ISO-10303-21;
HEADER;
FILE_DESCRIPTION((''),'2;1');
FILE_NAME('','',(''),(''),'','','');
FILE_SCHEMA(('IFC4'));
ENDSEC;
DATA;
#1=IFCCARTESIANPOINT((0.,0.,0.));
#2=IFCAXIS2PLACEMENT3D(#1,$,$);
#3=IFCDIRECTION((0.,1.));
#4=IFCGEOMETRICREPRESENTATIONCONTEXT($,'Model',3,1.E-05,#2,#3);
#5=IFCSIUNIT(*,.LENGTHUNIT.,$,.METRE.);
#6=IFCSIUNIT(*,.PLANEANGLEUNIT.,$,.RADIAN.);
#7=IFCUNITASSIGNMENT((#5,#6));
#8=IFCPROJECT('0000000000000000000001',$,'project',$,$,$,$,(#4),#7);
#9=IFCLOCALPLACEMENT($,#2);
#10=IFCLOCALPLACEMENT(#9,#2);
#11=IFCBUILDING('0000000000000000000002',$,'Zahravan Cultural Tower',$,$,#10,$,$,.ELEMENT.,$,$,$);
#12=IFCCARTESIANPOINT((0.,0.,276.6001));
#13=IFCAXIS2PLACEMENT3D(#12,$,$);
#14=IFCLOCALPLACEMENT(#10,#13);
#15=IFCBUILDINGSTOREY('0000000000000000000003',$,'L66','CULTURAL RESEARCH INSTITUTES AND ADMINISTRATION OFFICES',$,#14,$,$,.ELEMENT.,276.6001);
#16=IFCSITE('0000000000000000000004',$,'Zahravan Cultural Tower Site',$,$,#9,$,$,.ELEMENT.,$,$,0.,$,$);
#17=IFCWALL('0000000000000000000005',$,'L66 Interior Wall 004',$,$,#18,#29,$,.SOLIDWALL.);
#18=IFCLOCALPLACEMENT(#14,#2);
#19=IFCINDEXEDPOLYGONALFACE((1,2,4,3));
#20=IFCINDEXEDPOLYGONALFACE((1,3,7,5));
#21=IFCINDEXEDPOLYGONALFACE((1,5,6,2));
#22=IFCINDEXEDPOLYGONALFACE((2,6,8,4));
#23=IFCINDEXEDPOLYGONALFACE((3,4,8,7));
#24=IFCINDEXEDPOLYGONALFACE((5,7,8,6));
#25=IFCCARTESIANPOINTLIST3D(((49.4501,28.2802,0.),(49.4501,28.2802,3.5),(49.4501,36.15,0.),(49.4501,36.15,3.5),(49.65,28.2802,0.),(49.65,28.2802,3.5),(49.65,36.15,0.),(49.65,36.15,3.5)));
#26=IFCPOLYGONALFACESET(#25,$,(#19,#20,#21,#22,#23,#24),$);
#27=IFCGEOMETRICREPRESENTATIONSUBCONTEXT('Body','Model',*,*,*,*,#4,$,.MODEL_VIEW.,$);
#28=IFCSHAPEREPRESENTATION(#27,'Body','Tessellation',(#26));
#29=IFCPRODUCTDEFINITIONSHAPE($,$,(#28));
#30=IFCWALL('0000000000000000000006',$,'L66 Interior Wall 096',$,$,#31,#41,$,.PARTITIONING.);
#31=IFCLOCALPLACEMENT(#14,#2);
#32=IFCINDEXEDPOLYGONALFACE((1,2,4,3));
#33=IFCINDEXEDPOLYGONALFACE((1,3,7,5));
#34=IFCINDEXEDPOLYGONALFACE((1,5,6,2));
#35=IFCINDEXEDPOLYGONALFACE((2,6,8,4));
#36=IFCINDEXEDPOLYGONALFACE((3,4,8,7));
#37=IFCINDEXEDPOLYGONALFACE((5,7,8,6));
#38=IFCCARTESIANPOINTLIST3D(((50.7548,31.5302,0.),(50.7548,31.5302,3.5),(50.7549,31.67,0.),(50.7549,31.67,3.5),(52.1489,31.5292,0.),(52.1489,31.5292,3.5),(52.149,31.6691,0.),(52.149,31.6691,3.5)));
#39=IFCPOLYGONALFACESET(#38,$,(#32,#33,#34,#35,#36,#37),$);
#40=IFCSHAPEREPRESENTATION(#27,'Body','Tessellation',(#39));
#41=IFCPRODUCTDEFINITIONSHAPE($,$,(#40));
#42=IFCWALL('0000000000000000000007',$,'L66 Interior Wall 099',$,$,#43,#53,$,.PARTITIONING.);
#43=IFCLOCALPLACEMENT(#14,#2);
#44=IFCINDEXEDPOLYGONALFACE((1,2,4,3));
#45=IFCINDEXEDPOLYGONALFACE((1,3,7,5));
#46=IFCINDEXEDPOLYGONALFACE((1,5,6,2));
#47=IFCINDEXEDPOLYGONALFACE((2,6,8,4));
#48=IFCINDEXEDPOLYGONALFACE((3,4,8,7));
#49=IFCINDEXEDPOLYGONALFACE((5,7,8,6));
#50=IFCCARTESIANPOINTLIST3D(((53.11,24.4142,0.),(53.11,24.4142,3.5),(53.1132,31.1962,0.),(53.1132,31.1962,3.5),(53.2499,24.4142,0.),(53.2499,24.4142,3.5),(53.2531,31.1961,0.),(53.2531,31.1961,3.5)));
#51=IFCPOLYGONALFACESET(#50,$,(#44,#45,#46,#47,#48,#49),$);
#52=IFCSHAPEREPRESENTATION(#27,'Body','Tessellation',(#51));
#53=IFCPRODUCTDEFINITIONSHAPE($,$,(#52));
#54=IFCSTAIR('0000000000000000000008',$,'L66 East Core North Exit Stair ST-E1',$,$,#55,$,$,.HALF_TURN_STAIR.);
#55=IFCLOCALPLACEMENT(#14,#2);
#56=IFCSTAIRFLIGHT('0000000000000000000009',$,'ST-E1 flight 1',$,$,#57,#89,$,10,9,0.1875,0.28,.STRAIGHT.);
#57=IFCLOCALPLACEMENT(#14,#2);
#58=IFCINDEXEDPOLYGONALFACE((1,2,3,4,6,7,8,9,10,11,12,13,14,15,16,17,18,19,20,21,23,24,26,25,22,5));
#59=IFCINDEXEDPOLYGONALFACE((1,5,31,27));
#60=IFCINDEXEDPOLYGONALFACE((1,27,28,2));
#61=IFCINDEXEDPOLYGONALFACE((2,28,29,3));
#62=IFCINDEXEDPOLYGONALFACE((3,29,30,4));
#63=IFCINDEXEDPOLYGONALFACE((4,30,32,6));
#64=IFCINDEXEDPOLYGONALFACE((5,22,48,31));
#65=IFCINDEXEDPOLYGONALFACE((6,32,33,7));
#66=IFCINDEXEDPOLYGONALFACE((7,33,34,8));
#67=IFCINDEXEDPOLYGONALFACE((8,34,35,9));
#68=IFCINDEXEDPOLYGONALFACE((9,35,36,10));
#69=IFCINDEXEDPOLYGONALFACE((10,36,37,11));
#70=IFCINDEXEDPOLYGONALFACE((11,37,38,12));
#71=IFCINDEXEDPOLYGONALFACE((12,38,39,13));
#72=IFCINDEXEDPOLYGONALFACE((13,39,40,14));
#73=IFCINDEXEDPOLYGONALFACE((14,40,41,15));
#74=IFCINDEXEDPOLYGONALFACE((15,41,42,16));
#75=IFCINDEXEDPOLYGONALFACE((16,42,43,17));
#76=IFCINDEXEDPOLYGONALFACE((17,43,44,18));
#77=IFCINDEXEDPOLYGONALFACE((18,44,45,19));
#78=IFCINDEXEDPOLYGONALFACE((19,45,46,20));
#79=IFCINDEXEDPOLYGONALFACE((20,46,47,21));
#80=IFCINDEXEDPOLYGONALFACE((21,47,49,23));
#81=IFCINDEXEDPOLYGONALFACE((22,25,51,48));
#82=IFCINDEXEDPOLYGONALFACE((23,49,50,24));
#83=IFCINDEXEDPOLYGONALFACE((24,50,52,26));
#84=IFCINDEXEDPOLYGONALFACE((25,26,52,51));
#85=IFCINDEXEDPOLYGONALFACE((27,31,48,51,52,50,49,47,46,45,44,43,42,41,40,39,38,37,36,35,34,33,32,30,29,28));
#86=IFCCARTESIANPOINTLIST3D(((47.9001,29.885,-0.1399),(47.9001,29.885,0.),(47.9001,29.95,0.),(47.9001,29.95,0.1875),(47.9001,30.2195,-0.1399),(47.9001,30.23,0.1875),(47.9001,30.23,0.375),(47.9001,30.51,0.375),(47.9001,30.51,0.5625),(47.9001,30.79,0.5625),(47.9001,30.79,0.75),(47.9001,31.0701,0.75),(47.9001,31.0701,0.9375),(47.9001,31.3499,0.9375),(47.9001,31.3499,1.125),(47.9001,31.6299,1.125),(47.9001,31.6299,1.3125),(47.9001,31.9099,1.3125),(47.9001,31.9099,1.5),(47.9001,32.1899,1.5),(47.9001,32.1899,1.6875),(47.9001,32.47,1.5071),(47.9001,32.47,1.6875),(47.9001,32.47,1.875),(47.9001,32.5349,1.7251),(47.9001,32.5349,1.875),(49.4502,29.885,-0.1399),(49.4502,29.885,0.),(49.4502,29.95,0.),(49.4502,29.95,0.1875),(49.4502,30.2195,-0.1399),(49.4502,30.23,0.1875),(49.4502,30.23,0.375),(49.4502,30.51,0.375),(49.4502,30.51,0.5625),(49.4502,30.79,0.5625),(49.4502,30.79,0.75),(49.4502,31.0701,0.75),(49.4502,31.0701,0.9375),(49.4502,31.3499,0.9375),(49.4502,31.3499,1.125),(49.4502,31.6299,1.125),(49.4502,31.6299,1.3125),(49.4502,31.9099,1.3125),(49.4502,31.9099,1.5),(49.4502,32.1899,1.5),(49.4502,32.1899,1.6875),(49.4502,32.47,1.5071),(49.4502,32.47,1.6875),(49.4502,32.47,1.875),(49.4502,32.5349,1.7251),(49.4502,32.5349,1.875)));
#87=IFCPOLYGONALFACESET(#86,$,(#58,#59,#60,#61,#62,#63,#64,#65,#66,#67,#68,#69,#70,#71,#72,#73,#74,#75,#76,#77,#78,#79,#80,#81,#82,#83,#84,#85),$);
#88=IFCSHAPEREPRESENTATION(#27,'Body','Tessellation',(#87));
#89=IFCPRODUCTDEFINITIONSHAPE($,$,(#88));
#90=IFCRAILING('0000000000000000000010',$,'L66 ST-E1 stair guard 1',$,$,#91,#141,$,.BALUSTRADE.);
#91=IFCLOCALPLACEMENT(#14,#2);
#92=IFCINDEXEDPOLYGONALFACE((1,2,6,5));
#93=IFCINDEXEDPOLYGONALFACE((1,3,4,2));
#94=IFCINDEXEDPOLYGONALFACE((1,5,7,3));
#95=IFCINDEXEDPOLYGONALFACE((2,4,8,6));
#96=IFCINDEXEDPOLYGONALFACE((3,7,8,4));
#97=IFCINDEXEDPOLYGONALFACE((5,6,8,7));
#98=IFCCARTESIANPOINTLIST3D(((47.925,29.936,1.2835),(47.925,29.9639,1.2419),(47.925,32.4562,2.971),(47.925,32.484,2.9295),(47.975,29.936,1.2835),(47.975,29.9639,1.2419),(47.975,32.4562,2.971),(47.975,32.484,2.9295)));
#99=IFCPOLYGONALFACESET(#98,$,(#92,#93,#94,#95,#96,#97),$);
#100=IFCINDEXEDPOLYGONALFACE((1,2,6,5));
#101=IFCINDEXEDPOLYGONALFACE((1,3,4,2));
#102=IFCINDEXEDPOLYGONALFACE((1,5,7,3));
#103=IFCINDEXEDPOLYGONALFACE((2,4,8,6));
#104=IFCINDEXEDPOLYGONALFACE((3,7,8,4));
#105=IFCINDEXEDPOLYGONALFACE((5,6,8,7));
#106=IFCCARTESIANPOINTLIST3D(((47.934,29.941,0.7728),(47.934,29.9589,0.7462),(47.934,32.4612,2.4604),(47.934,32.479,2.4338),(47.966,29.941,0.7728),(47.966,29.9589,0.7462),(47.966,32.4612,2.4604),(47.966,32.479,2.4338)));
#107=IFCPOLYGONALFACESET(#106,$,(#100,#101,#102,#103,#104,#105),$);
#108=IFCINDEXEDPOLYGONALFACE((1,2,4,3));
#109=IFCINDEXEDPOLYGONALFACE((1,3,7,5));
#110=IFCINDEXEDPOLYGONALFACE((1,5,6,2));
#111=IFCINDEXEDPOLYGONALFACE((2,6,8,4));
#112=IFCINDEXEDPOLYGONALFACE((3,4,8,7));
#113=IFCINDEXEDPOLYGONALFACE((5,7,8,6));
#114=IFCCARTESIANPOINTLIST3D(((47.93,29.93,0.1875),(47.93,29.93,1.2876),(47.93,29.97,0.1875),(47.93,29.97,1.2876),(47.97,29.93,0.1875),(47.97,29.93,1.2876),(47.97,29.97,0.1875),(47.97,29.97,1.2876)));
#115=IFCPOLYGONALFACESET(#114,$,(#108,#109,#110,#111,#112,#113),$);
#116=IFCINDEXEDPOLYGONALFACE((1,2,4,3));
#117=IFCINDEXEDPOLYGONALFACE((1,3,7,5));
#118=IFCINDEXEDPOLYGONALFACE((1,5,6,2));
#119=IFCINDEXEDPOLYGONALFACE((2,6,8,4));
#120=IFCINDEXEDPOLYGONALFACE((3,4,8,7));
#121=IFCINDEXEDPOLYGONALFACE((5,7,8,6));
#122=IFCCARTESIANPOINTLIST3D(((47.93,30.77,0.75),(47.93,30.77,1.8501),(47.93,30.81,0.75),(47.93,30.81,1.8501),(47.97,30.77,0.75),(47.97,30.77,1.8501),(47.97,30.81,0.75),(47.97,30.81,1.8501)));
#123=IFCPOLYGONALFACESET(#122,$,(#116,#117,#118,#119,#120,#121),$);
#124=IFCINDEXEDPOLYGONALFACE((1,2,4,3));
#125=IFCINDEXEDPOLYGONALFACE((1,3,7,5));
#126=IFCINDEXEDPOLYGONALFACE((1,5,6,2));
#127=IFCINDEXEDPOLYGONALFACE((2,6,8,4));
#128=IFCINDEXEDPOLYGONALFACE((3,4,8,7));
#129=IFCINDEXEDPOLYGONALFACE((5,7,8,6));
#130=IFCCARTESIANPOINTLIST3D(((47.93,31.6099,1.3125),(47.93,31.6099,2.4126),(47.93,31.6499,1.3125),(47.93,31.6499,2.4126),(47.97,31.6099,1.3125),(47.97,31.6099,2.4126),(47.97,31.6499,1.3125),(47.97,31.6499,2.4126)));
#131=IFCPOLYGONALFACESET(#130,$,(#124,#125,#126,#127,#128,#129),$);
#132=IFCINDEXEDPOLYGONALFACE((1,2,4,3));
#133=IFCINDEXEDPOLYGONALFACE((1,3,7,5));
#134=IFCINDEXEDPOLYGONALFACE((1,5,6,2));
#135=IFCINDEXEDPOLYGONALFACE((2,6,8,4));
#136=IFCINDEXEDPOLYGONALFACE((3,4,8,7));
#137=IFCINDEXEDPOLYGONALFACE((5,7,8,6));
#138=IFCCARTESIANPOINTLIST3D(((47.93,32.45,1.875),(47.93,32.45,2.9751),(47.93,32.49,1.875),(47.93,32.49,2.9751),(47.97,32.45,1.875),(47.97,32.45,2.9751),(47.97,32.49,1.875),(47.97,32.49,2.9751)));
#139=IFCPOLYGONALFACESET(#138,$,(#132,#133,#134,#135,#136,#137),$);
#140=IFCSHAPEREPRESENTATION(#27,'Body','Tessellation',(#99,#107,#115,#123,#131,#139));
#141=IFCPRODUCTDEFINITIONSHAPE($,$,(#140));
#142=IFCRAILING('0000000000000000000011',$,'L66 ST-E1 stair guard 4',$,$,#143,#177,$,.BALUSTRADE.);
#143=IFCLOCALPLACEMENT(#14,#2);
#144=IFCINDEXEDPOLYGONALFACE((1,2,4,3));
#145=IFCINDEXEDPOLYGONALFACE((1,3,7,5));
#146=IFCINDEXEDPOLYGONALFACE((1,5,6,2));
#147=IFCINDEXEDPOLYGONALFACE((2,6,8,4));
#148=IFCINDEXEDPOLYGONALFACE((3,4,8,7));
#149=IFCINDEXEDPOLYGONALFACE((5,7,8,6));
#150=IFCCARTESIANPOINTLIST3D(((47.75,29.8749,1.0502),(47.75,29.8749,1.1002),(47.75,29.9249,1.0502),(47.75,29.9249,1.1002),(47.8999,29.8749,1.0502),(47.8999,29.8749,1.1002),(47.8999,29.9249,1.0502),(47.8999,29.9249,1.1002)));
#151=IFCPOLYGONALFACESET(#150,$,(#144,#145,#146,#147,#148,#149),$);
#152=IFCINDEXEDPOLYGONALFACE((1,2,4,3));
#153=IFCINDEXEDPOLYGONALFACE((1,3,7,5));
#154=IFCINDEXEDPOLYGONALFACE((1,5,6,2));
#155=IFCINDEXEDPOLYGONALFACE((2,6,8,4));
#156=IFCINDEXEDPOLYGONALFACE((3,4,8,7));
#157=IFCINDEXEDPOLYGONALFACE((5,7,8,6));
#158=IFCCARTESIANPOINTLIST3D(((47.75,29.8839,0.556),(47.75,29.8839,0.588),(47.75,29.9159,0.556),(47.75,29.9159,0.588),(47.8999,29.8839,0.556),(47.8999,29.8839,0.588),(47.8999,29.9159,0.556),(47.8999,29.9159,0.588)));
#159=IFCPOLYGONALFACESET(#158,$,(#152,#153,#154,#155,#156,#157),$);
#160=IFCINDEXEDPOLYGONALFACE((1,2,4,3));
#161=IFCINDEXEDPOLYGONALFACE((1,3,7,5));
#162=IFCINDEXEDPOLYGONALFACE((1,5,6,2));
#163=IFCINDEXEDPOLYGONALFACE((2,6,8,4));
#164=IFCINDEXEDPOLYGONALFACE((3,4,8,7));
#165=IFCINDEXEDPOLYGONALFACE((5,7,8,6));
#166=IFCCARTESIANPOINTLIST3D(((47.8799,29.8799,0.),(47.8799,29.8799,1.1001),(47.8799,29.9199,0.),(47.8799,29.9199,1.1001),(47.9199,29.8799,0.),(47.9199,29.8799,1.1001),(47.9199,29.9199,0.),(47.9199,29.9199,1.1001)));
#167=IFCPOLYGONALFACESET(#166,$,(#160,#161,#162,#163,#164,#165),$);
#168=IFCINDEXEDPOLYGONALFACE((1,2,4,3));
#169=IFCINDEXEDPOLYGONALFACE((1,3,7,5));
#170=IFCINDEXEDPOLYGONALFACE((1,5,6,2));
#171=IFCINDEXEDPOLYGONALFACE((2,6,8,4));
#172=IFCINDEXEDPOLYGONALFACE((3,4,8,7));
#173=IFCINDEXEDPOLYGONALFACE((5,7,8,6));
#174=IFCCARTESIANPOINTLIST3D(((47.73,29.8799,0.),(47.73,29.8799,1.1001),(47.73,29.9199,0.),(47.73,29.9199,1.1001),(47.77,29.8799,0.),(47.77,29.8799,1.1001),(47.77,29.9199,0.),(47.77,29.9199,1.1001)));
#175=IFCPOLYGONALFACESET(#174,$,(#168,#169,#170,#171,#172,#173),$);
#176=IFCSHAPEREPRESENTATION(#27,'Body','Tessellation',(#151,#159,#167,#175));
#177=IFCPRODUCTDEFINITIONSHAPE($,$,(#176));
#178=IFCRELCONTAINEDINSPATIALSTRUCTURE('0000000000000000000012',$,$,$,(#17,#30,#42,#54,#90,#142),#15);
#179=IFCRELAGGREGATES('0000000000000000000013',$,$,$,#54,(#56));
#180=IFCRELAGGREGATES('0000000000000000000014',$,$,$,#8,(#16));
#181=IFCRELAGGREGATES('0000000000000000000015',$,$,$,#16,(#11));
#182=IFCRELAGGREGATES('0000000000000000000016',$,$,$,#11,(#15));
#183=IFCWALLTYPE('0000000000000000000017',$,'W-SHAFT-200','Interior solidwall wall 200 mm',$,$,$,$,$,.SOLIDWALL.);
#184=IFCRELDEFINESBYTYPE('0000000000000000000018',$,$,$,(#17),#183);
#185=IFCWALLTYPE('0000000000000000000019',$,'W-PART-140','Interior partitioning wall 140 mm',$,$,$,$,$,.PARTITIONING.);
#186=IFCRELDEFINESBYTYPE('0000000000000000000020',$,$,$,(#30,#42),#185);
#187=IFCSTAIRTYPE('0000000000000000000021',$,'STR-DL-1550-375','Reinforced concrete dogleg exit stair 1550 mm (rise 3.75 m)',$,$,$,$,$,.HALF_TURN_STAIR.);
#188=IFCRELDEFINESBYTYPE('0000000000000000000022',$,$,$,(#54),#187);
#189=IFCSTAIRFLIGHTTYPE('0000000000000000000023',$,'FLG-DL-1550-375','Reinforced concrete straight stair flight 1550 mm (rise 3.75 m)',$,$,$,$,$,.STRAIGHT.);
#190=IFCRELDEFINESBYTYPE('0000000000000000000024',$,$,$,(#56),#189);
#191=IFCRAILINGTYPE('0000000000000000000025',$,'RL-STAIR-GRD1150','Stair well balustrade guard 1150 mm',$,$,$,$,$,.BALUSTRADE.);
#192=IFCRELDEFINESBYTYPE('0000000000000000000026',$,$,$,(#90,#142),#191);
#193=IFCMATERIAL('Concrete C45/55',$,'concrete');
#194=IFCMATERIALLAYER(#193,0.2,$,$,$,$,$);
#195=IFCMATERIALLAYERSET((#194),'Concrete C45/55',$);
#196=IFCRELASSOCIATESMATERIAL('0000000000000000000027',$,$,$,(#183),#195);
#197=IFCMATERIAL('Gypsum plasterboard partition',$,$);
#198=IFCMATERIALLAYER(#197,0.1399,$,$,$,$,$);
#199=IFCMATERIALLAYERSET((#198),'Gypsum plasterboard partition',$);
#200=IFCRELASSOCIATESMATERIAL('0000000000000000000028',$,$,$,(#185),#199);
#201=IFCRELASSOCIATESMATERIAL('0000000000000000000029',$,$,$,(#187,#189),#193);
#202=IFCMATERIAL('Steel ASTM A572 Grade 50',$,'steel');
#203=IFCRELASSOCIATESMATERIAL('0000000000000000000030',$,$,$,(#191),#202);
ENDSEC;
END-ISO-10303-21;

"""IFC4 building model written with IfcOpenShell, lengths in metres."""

from ifc_helpers import new_model, si_unit, direction, frame, frame_2d, origin, origin_2d, place, context, subcontext, project, spatial, polyline, rectangle, outline, extrude, source, transform, mapped, material, layer, layer_set, type_object, element, aggregate, save


model = new_model("IFC4")

# Units and contexts
model_context = context("Model", 3, precision=1e-05, world=origin(), true_north=direction((0.0, 1.0)))
body_context = subcontext(model_context, "Body", "Model", "MODEL_VIEW")
ifc_project = project(units=[si_unit("LENGTHUNIT", "METRE"), si_unit("PLANEANGLEUNIT", "RADIAN")], contexts=[model_context])

# Site, building, storey
site_placement = place(None, origin())
site = spatial("IfcSite", under=ifc_project, at=site_placement, Name="Zahravan Cultural Tower Site", CompositionType="ELEMENT", RefElevation=0.0)
building_placement = place(site_placement, origin())
building = spatial("IfcBuilding", under=site, at=building_placement, Name="Zahravan Cultural Tower", CompositionType="ELEMENT")
storey_placement = place(building_placement, frame((0.0, 0.0, 276.6001)))
storey = spatial("IfcBuildingStorey", under=building, at=storey_placement, Name="L66", Description="CULTURAL RESEARCH INSTITUTES AND ADMINISTRATION OFFICES", CompositionType="ELEMENT", Elevation=276.6001)

# Walls
ifc_material_1 = material(Name="Concrete C45/55", Category="concrete")
ifc_layer_1 = layer(ifc_material_1, 0.2)
ifc_layer_set_1 = layer_set([ifc_layer_1], Name="Concrete C45/55")
wall_type_1 = type_object("IfcWallType", Name="W-SHAFT-200", Description="Interior solidwall wall 200 mm", PredefinedType="SOLIDWALL", material=ifc_layer_set_1)
shared_shape_1 = source(origin(), body_context, "Body", "SweptSolid", [
    extrude(rectangle(XDim=7.8699, YDim=0.2, at=frame_2d((3.9351, 0.0))), origin(), (0.0, 0.0, 1.0), 3.5),
])
wall_1_placement = place(storey_placement, frame((49.55, 28.28, 0.0), z_axis=(0.0, 0.0, 1.0), x_axis=(0.0, 1.0, 0.0)))
element("IfcWall", 1, at=wall_1_placement, inside=storey, type_object=wall_type_1, Name="L66 Interior Wall 004", PredefinedType="SOLIDWALL", context=body_context, shape_type="MappedRepresentation", body=[
    mapped(shared_shape_1, transform((0.0, 0.0, 0.0), x_axis=(1.0, 0.0, 0.0), y_axis=(0.0, 1.0, 0.0), z_axis=(0.0, 0.0, 1.0), scale=1.0)),
])
ifc_material_2 = material(Name="Gypsum plasterboard partition")
ifc_layer_2 = layer(ifc_material_2, 0.1399)
ifc_layer_set_2 = layer_set([ifc_layer_2], Name="Gypsum plasterboard partition")
wall_type_2 = type_object("IfcWallType", Name="W-PART-140", Description="Interior partitioning wall 140 mm", PredefinedType="PARTITIONING", material=ifc_layer_set_2)
shared_shape_2 = source(origin(), body_context, "Body", "SweptSolid", [
    extrude(rectangle(XDim=1.394, YDim=0.1399, at=frame_2d((0.697, 0.0))), origin(), (0.0, 0.0, 1.0), 3.5),
])
wall_2_placement = place(storey_placement, frame((52.1489, 31.5991, 0.0), z_axis=(0.0, 0.0, 1.0), x_axis=(-1.0, 0.000701, 0.0)))
element("IfcWall", 2, at=wall_2_placement, inside=storey, type_object=wall_type_2, Name="L66 Interior Wall 096", PredefinedType="PARTITIONING", context=body_context, shape_type="MappedRepresentation", body=[
    mapped(shared_shape_2, transform((0.0, 0.0, 0.0), x_axis=(1.0, 0.0, 0.0), y_axis=(0.0, 1.0, 0.0), z_axis=(0.0, 0.0, 1.0), scale=1.0)),
])
shared_shape_3 = source(origin(), body_context, "Body", "SweptSolid", [
    extrude(rectangle(XDim=6.782, YDim=0.1399, at=frame_2d((3.3911, 0.0))), origin(), (0.0, 0.0, 1.0), 3.5),
])
wall_3_placement = place(storey_placement, frame((53.1831, 31.1963, 0.0), z_axis=(0.0, 0.0, 1.0), x_axis=(-0.000468, -1.0, 0.0)))
element("IfcWall", 3, at=wall_3_placement, inside=storey, type_object=wall_type_2, Name="L66 Interior Wall 099", PredefinedType="PARTITIONING", context=body_context, shape_type="MappedRepresentation", body=[
    mapped(shared_shape_3, transform((0.0, 0.0, 0.0), x_axis=(1.0, 0.0, 0.0), y_axis=(0.0, 1.0, 0.0), z_axis=(0.0, 0.0, 1.0), scale=1.0)),
])

# Stair, stair flight
stair_type = type_object("IfcStairType", Name="STR-DL-1550-375", Description="Reinforced concrete dogleg exit stair 1550 mm (rise 3.75 m)", PredefinedType="HALF_TURN_STAIR", material=ifc_material_1)
stair_placement = place(storey_placement, origin())
stair = element("IfcStair", 4, at=stair_placement, inside=storey, type_object=stair_type, Name="L66 East Core North Exit Stair ST-E1", PredefinedType="HALF_TURN_STAIR")
stair_flight_type = type_object("IfcStairFlightType", Name="FLG-DL-1550-375", Description="Reinforced concrete straight stair flight 1550 mm (rise 3.75 m)", PredefinedType="STRAIGHT", material=ifc_material_1)
stair_flight_placement = place(storey_placement, frame((48.675, 29.95, 0.0), z_axis=(0.0, 0.0, 1.0), x_axis=(0.0, 1.0, 0.0)))
stair_flight = element("IfcStairFlight", 5, at=stair_flight_placement, type_object=stair_flight_type, Name="ST-E1 flight 1", NumberOfRisers=10, NumberOfTreads=9, PredefinedType="STRAIGHT", RiserHeight=0.1875, TreadLength=0.28, context=body_context, shape_type="SweptSolid", body=[
    extrude(outline(polyline([(-0.0649, -0.1399), (-0.0649, 0.0), (0.0, 0.0), (0.0, 0.1875), (0.28, 0.1875), (0.28, 0.375), (0.5601, 0.375), (0.5601, 0.5625), (0.8401, 0.5625), (0.8401, 0.75), (1.1201, 0.75), (1.1201, 0.9375), (1.3999, 0.9375), (1.3999, 1.125), (1.6799, 1.125), (1.6799, 1.3125), (1.96, 1.3125), (1.96, 1.5), (2.24, 1.5), (2.24, 1.6875), (2.52, 1.6875), (2.52, 1.875), (2.585, 1.875), (2.585, 1.7251), (2.52, 1.5071), (0.2695, -0.1399), (-0.0649, -0.1399)])), frame((0.0, 0.7749, 0.0), z_axis=(0.0, -1.0, 0.0), x_axis=(1.0, 0.0, 0.0)), (0.0, 0.0, 1.0), 1.55),
])
aggregate(stair, [stair_flight])

# Railings
ifc_material_3 = material(Name="Steel ASTM A572 Grade 50", Category="steel")
railing_type_1 = type_object("IfcRailingType", Name="RL-STAIR-GRD1150", Description="Stair well balustrade guard 1150 mm", PredefinedType="BALUSTRADE", material=ifc_material_3)
railing_1_placement = place(storey_placement, frame((47.95, 29.95, 0.1875)))
element("IfcRailing", 6, at=railing_1_placement, inside=storey, type_object=railing_type_1, Name="L66 ST-E1 stair guard 1", PredefinedType="BALUSTRADE", context=body_context, shape_type="SweptSolid", body=[
    extrude(rectangle(XDim=0.05, YDim=0.05, at=origin_2d()), frame((0.0, 0.0, 1.0752), z_axis=(0.0, 0.830909, 0.556408), x_axis=(-1.0, 0.0, 0.0)), (0.0, 0.0, 1.0), 3.033),
    extrude(rectangle(XDim=0.032, YDim=0.032, at=origin_2d()), frame((0.0, 0.0, 0.572), z_axis=(0.0, 0.830909, 0.556408), x_axis=(-1.0, 0.0, 0.0)), (0.0, 0.0, 1.0), 3.033),
    extrude(rectangle(XDim=0.04, YDim=0.04, at=origin_2d()), origin(), (0.0, 0.0, 1.0), 1.1001),
    extrude(rectangle(XDim=0.04, YDim=0.04, at=origin_2d()), frame((0.0, 0.8401, 0.5625)), (0.0, 0.0, 1.0), 1.1001),
    extrude(rectangle(XDim=0.04, YDim=0.04, at=origin_2d()), frame((0.0, 1.6799, 1.125)), (0.0, 0.0, 1.0), 1.1001),
    extrude(rectangle(XDim=0.04, YDim=0.04, at=origin_2d()), frame((0.0, 2.52, 1.6875)), (0.0, 0.0, 1.0), 1.1001),
])
railing_2_placement = place(storey_placement, frame((47.8999, 29.8999, 0.0)))
element("IfcRailing", 7, at=railing_2_placement, inside=storey, type_object=railing_type_1, Name="L66 ST-E1 stair guard 4", PredefinedType="BALUSTRADE", context=body_context, shape_type="SweptSolid", body=[
    extrude(rectangle(XDim=0.05, YDim=0.05, at=origin_2d()), frame((0.0, 0.0, 1.0752), z_axis=(-1.0, 0.0, 0.0), x_axis=(0.0, -1.0, 0.0)), (0.0, 0.0, 1.0), 0.1499),
    extrude(rectangle(XDim=0.032, YDim=0.032, at=origin_2d()), frame((0.0, 0.0, 0.572), z_axis=(-1.0, 0.0, 0.0), x_axis=(0.0, -1.0, 0.0)), (0.0, 0.0, 1.0), 0.1499),
    extrude(rectangle(XDim=0.04, YDim=0.04, at=origin_2d()), origin(), (0.0, 0.0, 1.0), 1.1001),
    extrude(rectangle(XDim=0.04, YDim=0.04, at=origin_2d()), frame((-0.1499, 0.0, 0.0)), (0.0, 0.0, 1.0), 1.1001),
])

save(model, "model.ifc")
